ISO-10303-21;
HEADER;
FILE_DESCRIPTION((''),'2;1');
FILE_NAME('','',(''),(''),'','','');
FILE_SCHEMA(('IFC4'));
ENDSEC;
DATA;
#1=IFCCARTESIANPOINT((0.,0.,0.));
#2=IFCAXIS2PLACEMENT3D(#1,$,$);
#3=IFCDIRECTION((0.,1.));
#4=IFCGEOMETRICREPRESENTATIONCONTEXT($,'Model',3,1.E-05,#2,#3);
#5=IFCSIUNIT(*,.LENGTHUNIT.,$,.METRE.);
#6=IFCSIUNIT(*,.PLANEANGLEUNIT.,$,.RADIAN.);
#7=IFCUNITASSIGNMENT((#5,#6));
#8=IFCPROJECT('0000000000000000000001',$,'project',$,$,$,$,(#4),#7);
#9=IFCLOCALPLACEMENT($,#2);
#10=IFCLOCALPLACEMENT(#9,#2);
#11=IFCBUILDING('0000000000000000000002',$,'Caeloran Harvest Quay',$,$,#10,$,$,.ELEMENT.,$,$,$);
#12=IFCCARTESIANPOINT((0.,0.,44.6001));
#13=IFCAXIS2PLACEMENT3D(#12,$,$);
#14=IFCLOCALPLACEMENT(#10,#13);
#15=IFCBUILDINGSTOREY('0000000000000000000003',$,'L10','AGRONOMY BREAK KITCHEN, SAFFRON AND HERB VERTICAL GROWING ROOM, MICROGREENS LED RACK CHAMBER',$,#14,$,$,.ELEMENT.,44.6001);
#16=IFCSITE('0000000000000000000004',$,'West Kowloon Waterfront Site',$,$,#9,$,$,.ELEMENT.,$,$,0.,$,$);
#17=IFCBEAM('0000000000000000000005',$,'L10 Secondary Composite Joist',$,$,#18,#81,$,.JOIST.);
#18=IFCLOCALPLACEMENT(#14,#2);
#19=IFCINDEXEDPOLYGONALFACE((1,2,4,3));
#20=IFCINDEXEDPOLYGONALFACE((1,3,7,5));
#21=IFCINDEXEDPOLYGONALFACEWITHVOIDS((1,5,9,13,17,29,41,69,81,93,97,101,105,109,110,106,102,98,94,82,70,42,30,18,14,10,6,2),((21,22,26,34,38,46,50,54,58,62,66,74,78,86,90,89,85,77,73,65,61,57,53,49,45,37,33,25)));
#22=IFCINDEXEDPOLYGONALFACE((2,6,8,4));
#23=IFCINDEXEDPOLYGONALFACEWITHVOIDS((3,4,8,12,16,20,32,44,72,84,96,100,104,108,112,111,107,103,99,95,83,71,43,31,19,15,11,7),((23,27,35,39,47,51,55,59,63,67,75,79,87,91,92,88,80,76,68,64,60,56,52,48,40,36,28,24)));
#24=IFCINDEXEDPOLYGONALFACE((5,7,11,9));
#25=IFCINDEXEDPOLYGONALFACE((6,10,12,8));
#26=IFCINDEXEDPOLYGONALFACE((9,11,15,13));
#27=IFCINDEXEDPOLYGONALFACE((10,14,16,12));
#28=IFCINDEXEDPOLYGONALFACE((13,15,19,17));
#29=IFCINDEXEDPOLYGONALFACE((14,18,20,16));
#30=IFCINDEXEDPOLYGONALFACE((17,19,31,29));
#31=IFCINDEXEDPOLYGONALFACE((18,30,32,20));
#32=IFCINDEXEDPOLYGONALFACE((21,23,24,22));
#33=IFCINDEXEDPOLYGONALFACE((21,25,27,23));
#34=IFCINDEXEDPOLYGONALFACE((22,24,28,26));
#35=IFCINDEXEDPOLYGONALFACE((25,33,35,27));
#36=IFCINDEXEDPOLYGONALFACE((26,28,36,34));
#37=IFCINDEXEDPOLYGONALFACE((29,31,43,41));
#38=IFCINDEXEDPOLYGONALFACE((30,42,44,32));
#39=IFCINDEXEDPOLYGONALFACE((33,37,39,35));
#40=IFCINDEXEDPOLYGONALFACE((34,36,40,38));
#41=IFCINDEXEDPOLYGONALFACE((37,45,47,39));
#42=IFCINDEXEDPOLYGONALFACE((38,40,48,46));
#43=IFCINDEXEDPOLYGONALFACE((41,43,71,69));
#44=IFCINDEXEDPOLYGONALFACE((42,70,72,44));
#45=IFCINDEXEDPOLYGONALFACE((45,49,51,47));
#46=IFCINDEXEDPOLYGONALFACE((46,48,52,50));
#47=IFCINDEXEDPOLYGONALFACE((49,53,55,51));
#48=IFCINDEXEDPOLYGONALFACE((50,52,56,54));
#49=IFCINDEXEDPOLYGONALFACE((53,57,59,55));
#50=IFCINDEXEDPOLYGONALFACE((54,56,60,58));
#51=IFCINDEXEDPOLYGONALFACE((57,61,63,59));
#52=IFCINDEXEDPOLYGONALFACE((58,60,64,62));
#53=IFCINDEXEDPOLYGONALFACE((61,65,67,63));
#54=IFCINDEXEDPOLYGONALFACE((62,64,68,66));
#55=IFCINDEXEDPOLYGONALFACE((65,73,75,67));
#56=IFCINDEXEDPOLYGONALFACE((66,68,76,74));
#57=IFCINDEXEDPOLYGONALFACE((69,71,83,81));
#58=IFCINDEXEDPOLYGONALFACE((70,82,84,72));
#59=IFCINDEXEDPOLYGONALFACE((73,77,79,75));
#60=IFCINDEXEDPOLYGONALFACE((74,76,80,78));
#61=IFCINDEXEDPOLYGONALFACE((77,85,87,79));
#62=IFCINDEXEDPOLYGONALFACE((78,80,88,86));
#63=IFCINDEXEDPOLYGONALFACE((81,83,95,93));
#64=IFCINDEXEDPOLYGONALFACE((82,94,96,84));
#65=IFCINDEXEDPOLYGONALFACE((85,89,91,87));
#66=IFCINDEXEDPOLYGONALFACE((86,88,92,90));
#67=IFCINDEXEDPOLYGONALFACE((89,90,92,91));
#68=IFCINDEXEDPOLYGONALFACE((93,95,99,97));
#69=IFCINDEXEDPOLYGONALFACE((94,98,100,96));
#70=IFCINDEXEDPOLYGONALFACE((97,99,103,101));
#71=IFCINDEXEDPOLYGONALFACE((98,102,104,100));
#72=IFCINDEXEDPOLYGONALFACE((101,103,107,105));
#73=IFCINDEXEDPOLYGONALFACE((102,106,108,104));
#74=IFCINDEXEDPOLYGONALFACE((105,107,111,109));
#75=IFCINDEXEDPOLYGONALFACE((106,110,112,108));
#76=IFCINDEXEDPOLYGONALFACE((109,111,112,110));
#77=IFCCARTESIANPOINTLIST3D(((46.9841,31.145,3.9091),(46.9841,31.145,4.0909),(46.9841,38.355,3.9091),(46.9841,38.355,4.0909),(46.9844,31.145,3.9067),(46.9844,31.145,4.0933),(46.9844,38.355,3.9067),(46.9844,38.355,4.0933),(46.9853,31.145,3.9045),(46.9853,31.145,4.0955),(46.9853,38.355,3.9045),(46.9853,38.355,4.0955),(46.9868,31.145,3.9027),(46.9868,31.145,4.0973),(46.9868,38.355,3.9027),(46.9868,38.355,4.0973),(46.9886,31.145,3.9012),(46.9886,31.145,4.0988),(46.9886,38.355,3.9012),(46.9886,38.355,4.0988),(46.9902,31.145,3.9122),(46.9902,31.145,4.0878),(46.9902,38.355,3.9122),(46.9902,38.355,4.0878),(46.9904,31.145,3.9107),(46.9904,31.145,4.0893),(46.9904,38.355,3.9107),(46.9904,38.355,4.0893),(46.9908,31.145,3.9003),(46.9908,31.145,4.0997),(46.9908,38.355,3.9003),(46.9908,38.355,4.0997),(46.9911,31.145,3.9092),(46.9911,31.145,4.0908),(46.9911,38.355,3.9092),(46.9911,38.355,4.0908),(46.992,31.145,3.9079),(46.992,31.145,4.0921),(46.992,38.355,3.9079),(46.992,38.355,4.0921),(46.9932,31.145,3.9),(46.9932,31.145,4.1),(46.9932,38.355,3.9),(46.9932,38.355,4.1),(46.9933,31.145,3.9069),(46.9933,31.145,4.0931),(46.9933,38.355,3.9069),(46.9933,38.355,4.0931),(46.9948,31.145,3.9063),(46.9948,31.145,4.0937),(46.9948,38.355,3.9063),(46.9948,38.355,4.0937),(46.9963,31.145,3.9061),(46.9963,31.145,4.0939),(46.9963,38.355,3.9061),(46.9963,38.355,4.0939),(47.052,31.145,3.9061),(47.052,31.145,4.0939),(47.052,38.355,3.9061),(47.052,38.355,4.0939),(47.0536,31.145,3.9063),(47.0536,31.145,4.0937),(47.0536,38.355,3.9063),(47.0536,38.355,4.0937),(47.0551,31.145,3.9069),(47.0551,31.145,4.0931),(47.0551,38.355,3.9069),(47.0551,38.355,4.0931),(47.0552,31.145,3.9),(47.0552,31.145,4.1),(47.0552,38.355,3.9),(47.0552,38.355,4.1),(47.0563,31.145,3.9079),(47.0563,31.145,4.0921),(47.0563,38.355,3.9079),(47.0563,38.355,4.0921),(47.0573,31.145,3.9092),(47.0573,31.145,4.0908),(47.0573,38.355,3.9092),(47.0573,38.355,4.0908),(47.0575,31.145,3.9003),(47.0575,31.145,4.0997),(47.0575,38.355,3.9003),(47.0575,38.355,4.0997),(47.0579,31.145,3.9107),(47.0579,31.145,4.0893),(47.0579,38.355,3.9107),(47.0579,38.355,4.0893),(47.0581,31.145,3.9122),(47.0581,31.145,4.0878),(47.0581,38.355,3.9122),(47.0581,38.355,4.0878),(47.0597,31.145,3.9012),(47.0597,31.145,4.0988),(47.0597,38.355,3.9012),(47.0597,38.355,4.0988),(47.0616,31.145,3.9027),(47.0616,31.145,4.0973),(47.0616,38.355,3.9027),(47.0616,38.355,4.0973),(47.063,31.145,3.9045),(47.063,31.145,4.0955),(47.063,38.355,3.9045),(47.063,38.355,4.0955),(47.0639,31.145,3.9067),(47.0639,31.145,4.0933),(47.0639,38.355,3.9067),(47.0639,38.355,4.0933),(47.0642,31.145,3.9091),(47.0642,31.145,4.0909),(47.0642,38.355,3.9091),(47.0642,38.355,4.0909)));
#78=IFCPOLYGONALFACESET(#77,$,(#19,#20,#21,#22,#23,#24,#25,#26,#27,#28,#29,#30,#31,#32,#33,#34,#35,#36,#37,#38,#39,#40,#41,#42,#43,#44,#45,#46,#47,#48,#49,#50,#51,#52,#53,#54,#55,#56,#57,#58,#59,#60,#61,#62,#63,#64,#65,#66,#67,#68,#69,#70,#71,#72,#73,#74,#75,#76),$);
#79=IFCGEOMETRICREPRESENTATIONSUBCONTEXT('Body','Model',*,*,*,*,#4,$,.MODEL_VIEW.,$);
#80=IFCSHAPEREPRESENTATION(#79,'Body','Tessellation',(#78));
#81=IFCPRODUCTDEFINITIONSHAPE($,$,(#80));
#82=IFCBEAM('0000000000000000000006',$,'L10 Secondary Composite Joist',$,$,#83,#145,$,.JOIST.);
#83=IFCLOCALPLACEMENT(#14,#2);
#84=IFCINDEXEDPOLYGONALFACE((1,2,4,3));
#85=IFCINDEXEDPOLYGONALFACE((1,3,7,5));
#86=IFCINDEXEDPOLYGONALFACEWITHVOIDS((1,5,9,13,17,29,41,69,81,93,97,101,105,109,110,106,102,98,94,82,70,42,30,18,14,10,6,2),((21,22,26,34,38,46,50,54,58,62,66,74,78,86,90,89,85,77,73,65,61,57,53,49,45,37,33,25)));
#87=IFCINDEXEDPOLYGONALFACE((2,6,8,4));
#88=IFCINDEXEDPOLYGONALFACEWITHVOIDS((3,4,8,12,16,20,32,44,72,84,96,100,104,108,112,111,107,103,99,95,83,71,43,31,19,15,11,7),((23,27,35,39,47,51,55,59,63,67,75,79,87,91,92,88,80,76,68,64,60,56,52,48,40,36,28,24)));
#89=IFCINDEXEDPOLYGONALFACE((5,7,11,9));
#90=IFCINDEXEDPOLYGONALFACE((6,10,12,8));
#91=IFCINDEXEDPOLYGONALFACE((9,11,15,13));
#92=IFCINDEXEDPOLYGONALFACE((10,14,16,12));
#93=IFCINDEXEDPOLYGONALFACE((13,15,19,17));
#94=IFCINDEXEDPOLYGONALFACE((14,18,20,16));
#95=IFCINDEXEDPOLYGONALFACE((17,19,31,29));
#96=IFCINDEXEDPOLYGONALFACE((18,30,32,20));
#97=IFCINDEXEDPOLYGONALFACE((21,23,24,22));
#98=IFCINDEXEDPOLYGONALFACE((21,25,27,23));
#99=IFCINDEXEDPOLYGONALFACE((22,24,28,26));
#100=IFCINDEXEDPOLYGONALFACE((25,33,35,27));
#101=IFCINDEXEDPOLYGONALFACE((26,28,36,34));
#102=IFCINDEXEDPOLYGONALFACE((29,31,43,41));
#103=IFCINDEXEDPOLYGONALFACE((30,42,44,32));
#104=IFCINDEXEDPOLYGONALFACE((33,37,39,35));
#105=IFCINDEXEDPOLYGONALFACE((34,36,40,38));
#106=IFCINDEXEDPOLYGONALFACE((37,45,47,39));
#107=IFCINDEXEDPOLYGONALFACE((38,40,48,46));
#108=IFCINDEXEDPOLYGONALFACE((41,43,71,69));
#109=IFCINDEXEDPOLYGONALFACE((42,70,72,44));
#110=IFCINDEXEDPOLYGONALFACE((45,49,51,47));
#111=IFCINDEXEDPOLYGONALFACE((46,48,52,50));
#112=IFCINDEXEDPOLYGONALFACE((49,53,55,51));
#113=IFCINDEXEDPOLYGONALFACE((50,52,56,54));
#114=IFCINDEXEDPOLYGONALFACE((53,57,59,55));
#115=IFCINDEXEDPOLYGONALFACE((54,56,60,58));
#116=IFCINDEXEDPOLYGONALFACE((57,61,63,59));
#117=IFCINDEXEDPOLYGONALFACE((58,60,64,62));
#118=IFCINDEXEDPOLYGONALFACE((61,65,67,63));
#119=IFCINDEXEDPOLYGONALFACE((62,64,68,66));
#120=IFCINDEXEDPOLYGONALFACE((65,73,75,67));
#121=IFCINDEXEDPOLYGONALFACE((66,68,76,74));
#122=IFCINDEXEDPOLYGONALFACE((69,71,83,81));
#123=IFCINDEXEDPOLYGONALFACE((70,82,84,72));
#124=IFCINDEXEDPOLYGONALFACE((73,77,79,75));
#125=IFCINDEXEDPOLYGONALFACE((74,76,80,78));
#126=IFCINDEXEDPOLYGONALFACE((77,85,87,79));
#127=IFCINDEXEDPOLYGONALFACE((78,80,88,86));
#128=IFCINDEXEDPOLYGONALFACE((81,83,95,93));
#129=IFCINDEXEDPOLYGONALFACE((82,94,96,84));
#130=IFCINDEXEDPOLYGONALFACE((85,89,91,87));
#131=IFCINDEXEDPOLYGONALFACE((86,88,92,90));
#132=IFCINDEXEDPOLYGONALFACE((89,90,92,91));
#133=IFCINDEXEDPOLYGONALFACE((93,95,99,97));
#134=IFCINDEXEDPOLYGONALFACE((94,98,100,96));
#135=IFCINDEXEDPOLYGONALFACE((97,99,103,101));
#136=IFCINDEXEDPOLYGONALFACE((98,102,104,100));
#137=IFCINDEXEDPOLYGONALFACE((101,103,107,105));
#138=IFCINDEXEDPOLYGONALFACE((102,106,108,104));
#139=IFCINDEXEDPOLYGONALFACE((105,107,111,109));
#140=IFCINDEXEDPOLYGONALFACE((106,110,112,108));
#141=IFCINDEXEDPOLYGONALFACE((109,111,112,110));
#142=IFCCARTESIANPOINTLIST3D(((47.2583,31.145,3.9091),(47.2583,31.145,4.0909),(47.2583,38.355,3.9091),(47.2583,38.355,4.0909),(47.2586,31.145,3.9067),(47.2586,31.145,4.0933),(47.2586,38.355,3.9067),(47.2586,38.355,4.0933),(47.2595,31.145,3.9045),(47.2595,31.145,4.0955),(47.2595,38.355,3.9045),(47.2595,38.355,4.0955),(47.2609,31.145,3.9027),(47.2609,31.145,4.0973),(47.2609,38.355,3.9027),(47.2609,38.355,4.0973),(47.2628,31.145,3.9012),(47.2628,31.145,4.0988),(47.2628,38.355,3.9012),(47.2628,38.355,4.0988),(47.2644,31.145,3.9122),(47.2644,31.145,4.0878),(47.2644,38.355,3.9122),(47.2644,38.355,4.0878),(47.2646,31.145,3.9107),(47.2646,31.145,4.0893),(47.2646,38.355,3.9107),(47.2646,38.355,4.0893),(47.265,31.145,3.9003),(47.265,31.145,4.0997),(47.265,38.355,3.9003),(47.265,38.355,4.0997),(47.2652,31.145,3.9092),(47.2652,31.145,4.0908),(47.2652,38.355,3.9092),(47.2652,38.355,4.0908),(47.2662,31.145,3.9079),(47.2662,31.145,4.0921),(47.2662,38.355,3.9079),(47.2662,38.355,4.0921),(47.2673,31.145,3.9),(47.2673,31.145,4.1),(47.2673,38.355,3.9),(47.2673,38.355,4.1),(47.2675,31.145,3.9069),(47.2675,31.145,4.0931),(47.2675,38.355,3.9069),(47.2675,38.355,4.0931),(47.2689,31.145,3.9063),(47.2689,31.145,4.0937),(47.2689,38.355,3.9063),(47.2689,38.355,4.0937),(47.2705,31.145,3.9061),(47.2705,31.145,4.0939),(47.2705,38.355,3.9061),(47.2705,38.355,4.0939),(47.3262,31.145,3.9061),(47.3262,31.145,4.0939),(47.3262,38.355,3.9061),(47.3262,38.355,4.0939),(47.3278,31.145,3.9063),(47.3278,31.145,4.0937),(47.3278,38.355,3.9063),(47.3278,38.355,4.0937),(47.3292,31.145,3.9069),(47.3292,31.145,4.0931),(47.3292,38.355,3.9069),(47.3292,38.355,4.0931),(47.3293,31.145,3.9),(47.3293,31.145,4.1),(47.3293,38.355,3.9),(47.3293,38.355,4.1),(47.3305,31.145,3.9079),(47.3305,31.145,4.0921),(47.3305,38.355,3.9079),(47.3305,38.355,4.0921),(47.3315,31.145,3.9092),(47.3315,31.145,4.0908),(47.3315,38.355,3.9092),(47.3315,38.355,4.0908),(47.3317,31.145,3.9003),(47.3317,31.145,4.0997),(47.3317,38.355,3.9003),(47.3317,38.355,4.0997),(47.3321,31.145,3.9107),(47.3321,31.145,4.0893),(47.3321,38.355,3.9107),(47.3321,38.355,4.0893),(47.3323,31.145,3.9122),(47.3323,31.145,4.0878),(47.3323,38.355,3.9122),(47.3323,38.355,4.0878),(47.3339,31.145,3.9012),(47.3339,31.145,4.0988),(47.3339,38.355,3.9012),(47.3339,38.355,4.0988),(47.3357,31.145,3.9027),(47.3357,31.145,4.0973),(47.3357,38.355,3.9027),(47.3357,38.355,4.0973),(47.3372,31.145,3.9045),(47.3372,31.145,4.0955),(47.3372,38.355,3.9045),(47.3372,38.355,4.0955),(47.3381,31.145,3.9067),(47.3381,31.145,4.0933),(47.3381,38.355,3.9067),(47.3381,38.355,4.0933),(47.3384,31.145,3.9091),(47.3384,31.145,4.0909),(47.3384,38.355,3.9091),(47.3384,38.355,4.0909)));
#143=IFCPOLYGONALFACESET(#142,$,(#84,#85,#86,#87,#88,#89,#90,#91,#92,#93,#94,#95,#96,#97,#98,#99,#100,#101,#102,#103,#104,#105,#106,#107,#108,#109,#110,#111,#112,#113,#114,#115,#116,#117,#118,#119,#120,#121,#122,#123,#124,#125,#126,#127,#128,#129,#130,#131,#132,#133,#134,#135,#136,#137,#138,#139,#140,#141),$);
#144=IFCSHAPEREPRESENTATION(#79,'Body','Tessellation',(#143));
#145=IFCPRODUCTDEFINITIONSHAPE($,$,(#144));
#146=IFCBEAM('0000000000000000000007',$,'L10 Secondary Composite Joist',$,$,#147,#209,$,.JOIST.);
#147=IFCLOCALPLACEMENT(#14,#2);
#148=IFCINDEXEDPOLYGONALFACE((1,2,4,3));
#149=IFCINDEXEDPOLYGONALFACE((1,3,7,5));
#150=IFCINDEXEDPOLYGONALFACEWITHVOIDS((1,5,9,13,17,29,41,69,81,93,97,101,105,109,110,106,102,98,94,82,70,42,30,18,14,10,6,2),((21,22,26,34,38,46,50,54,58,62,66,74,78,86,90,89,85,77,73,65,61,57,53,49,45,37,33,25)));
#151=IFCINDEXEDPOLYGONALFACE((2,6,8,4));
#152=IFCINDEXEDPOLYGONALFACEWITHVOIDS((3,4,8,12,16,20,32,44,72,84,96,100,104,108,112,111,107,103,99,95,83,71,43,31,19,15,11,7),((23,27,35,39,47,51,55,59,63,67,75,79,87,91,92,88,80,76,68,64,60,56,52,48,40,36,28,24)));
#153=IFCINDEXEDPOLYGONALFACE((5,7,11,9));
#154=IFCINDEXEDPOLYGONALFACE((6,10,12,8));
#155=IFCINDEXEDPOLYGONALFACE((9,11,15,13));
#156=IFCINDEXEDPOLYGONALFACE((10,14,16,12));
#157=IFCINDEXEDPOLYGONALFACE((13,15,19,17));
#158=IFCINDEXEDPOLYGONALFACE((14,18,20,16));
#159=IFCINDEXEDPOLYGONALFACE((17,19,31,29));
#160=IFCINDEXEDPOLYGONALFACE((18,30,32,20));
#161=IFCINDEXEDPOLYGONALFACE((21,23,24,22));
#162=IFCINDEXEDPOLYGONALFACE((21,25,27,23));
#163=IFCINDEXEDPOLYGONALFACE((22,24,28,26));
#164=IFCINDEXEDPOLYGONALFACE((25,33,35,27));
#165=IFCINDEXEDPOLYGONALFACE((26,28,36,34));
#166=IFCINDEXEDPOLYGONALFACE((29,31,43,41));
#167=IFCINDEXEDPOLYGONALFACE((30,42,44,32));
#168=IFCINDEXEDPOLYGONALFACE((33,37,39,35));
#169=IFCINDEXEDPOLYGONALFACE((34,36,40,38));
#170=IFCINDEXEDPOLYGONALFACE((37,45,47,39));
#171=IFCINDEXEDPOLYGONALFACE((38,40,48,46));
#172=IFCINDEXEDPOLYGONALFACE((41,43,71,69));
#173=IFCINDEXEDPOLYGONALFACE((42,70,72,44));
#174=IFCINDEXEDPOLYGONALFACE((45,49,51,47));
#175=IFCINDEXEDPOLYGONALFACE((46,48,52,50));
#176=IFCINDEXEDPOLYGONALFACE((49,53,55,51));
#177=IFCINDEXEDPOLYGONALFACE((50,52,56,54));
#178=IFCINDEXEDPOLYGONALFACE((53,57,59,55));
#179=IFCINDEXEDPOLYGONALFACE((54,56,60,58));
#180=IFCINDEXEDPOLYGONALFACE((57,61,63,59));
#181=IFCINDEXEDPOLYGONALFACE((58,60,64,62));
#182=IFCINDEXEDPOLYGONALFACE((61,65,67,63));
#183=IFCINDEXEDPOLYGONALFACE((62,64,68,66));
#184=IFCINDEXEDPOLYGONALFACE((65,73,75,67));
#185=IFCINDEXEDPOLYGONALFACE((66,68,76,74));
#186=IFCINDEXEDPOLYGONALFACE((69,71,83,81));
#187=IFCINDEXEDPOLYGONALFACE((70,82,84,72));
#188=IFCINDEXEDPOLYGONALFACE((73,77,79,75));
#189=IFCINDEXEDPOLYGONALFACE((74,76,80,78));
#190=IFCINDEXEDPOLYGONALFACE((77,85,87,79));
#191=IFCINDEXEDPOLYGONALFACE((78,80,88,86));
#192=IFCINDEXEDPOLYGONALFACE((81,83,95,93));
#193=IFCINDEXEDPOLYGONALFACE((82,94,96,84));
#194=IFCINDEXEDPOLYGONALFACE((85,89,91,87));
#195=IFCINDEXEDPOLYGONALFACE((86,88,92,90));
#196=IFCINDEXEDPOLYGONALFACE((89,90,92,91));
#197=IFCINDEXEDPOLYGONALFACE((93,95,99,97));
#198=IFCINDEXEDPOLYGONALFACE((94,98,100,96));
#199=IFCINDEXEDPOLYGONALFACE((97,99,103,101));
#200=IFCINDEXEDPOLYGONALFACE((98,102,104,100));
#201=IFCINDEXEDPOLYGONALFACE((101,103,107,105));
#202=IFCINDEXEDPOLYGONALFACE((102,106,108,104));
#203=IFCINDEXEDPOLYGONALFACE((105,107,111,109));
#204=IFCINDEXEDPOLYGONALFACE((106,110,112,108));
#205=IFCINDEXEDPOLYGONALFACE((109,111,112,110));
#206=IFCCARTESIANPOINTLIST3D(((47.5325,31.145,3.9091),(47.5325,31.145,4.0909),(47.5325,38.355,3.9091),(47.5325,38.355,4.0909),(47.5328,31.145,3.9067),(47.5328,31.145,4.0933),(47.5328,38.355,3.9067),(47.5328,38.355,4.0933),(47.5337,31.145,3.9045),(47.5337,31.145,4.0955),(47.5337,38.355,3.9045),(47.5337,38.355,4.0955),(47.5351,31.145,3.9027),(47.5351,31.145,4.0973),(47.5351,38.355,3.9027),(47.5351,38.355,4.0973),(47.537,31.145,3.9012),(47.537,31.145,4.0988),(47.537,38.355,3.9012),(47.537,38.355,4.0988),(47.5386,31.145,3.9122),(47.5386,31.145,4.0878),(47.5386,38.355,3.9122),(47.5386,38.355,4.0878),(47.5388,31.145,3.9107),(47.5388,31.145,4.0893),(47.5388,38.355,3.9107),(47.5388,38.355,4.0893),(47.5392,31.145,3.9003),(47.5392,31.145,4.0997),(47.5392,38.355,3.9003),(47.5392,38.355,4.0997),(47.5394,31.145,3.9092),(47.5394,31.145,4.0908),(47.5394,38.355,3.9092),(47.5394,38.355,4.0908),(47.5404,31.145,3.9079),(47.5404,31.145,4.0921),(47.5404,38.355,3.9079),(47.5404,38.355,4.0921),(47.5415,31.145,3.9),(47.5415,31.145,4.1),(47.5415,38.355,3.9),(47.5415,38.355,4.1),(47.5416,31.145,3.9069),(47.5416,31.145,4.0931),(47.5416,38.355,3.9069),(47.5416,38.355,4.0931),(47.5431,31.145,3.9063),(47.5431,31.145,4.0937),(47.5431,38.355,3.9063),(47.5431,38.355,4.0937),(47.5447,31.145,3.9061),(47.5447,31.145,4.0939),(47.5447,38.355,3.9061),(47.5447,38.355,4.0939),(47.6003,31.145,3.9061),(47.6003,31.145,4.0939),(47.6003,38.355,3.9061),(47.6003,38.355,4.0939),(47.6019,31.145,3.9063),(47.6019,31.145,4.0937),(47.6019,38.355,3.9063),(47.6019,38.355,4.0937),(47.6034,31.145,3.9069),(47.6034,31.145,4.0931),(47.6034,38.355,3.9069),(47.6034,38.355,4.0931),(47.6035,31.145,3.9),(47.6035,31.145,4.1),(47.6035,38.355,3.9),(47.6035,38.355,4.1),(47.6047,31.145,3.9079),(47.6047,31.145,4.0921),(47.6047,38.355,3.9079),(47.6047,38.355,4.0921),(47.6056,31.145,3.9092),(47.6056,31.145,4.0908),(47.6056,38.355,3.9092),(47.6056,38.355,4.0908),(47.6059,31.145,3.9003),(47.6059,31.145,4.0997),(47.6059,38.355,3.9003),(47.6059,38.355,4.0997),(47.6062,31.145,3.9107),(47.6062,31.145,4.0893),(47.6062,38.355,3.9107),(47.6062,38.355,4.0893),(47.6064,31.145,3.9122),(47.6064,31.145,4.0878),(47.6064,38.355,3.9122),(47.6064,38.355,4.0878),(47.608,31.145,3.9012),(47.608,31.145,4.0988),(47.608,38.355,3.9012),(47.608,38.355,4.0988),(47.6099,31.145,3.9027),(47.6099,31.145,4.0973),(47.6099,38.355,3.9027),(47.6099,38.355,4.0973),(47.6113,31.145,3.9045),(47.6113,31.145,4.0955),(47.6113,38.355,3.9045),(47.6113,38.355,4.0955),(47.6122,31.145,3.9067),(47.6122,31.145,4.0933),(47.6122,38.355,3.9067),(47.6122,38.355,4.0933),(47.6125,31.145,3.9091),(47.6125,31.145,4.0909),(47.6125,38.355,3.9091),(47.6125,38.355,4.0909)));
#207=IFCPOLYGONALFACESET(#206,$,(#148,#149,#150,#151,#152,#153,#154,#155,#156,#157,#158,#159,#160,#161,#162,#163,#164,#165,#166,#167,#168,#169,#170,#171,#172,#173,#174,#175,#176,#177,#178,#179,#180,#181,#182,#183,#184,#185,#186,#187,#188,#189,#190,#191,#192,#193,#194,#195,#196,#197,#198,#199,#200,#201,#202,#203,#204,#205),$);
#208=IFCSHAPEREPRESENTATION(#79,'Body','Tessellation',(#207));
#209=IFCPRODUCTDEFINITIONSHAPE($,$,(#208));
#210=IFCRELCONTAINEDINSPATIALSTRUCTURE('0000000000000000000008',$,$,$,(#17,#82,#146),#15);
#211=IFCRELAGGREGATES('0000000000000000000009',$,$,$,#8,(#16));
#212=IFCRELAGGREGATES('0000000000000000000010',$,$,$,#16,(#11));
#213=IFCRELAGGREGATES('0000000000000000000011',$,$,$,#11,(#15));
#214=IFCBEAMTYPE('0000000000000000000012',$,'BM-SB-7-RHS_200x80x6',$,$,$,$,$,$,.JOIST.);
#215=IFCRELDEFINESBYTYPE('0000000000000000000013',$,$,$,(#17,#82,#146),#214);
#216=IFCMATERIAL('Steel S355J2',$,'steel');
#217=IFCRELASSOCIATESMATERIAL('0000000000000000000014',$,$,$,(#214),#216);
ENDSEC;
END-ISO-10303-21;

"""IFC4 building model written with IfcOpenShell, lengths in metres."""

from ifc_helpers import new_model, si_unit, direction, frame, origin, origin_2d, place, context, subcontext, project, spatial, hollow_rectangle, extrude, material, material_profile, profile_set, type_object, element, save


model = new_model("IFC4")

# Units and contexts
model_context = context("Model", 3, precision=1e-05, world=origin(), true_north=direction((0.0, 1.0)))
body_context = subcontext(model_context, "Body", "Model", "MODEL_VIEW")
ifc_project = project(units=[si_unit("LENGTHUNIT", "METRE"), si_unit("PLANEANGLEUNIT", "RADIAN")], contexts=[model_context])

# Site, building, storey
site_placement = place(None, origin())
site = spatial("IfcSite", under=ifc_project, at=site_placement, Name="West Kowloon Waterfront Site", CompositionType="ELEMENT", RefElevation=0.0)
building_placement = place(site_placement, origin())
building = spatial("IfcBuilding", under=site, at=building_placement, Name="Caeloran Harvest Quay", CompositionType="ELEMENT")
storey_placement = place(building_placement, frame((0.0, 0.0, 44.6001)))
storey = spatial("IfcBuildingStorey", under=building, at=storey_placement, Name="L10", Description="AGRONOMY BREAK KITCHEN, SAFFRON AND HERB VERTICAL GROWING ROOM, MICROGREENS LED RACK CHAMBER", CompositionType="ELEMENT", Elevation=44.6001)

# Beams
ifc_material_1 = material(Name="Steel S355J2", Category="steel")
ifc_material_profile_1 = material_profile(ifc_material_1, hollow_rectangle(XDim=0.0801, YDim=0.2, WallThickness=0.0061, InnerFilletRadius=0.0061, OuterFilletRadius=0.009, at=origin_2d()), Name="RHS 200x80x6")
ifc_profile_set_1 = profile_set([ifc_material_profile_1], Name="Steel S355J2")
beam_type_1 = type_object("IfcBeamType", Name="BM-SB-7-RHS_200x80x6", PredefinedType="JOIST", material=ifc_profile_set_1)
for number, where, z_axis, x_axis, name in (
    (1, (47.0242, 31.145, 4.0), (0.0, 1.0, 0.0), (-1.0, 0.0, 0.0), "L10 Secondary Composite Joist"),
    (2, (47.2983, 31.145, 4.0), (0.0, 1.0, 0.0), (-1.0, 0.0, 0.0), "L10 Secondary Composite Joist"),
    (3, (47.5725, 31.145, 4.0), (0.0, 1.0, 0.0), (-1.0, 0.0, 0.0), "L10 Secondary Composite Joist"),
):
    element("IfcBeam", number, at=place(storey_placement, frame(where, z_axis=z_axis, x_axis=x_axis)), inside=storey, type_object=beam_type_1, Name=name, PredefinedType="JOIST", context=body_context, shape_type="SweptSolid", body=[
        extrude(hollow_rectangle(XDim=0.0801, YDim=0.2, WallThickness=0.0061, InnerFilletRadius=0.0061, OuterFilletRadius=0.009, at=origin_2d()), origin(), (0.0, 0.0, 1.0), 7.21),
    ])

save(model, "model.ifc")
